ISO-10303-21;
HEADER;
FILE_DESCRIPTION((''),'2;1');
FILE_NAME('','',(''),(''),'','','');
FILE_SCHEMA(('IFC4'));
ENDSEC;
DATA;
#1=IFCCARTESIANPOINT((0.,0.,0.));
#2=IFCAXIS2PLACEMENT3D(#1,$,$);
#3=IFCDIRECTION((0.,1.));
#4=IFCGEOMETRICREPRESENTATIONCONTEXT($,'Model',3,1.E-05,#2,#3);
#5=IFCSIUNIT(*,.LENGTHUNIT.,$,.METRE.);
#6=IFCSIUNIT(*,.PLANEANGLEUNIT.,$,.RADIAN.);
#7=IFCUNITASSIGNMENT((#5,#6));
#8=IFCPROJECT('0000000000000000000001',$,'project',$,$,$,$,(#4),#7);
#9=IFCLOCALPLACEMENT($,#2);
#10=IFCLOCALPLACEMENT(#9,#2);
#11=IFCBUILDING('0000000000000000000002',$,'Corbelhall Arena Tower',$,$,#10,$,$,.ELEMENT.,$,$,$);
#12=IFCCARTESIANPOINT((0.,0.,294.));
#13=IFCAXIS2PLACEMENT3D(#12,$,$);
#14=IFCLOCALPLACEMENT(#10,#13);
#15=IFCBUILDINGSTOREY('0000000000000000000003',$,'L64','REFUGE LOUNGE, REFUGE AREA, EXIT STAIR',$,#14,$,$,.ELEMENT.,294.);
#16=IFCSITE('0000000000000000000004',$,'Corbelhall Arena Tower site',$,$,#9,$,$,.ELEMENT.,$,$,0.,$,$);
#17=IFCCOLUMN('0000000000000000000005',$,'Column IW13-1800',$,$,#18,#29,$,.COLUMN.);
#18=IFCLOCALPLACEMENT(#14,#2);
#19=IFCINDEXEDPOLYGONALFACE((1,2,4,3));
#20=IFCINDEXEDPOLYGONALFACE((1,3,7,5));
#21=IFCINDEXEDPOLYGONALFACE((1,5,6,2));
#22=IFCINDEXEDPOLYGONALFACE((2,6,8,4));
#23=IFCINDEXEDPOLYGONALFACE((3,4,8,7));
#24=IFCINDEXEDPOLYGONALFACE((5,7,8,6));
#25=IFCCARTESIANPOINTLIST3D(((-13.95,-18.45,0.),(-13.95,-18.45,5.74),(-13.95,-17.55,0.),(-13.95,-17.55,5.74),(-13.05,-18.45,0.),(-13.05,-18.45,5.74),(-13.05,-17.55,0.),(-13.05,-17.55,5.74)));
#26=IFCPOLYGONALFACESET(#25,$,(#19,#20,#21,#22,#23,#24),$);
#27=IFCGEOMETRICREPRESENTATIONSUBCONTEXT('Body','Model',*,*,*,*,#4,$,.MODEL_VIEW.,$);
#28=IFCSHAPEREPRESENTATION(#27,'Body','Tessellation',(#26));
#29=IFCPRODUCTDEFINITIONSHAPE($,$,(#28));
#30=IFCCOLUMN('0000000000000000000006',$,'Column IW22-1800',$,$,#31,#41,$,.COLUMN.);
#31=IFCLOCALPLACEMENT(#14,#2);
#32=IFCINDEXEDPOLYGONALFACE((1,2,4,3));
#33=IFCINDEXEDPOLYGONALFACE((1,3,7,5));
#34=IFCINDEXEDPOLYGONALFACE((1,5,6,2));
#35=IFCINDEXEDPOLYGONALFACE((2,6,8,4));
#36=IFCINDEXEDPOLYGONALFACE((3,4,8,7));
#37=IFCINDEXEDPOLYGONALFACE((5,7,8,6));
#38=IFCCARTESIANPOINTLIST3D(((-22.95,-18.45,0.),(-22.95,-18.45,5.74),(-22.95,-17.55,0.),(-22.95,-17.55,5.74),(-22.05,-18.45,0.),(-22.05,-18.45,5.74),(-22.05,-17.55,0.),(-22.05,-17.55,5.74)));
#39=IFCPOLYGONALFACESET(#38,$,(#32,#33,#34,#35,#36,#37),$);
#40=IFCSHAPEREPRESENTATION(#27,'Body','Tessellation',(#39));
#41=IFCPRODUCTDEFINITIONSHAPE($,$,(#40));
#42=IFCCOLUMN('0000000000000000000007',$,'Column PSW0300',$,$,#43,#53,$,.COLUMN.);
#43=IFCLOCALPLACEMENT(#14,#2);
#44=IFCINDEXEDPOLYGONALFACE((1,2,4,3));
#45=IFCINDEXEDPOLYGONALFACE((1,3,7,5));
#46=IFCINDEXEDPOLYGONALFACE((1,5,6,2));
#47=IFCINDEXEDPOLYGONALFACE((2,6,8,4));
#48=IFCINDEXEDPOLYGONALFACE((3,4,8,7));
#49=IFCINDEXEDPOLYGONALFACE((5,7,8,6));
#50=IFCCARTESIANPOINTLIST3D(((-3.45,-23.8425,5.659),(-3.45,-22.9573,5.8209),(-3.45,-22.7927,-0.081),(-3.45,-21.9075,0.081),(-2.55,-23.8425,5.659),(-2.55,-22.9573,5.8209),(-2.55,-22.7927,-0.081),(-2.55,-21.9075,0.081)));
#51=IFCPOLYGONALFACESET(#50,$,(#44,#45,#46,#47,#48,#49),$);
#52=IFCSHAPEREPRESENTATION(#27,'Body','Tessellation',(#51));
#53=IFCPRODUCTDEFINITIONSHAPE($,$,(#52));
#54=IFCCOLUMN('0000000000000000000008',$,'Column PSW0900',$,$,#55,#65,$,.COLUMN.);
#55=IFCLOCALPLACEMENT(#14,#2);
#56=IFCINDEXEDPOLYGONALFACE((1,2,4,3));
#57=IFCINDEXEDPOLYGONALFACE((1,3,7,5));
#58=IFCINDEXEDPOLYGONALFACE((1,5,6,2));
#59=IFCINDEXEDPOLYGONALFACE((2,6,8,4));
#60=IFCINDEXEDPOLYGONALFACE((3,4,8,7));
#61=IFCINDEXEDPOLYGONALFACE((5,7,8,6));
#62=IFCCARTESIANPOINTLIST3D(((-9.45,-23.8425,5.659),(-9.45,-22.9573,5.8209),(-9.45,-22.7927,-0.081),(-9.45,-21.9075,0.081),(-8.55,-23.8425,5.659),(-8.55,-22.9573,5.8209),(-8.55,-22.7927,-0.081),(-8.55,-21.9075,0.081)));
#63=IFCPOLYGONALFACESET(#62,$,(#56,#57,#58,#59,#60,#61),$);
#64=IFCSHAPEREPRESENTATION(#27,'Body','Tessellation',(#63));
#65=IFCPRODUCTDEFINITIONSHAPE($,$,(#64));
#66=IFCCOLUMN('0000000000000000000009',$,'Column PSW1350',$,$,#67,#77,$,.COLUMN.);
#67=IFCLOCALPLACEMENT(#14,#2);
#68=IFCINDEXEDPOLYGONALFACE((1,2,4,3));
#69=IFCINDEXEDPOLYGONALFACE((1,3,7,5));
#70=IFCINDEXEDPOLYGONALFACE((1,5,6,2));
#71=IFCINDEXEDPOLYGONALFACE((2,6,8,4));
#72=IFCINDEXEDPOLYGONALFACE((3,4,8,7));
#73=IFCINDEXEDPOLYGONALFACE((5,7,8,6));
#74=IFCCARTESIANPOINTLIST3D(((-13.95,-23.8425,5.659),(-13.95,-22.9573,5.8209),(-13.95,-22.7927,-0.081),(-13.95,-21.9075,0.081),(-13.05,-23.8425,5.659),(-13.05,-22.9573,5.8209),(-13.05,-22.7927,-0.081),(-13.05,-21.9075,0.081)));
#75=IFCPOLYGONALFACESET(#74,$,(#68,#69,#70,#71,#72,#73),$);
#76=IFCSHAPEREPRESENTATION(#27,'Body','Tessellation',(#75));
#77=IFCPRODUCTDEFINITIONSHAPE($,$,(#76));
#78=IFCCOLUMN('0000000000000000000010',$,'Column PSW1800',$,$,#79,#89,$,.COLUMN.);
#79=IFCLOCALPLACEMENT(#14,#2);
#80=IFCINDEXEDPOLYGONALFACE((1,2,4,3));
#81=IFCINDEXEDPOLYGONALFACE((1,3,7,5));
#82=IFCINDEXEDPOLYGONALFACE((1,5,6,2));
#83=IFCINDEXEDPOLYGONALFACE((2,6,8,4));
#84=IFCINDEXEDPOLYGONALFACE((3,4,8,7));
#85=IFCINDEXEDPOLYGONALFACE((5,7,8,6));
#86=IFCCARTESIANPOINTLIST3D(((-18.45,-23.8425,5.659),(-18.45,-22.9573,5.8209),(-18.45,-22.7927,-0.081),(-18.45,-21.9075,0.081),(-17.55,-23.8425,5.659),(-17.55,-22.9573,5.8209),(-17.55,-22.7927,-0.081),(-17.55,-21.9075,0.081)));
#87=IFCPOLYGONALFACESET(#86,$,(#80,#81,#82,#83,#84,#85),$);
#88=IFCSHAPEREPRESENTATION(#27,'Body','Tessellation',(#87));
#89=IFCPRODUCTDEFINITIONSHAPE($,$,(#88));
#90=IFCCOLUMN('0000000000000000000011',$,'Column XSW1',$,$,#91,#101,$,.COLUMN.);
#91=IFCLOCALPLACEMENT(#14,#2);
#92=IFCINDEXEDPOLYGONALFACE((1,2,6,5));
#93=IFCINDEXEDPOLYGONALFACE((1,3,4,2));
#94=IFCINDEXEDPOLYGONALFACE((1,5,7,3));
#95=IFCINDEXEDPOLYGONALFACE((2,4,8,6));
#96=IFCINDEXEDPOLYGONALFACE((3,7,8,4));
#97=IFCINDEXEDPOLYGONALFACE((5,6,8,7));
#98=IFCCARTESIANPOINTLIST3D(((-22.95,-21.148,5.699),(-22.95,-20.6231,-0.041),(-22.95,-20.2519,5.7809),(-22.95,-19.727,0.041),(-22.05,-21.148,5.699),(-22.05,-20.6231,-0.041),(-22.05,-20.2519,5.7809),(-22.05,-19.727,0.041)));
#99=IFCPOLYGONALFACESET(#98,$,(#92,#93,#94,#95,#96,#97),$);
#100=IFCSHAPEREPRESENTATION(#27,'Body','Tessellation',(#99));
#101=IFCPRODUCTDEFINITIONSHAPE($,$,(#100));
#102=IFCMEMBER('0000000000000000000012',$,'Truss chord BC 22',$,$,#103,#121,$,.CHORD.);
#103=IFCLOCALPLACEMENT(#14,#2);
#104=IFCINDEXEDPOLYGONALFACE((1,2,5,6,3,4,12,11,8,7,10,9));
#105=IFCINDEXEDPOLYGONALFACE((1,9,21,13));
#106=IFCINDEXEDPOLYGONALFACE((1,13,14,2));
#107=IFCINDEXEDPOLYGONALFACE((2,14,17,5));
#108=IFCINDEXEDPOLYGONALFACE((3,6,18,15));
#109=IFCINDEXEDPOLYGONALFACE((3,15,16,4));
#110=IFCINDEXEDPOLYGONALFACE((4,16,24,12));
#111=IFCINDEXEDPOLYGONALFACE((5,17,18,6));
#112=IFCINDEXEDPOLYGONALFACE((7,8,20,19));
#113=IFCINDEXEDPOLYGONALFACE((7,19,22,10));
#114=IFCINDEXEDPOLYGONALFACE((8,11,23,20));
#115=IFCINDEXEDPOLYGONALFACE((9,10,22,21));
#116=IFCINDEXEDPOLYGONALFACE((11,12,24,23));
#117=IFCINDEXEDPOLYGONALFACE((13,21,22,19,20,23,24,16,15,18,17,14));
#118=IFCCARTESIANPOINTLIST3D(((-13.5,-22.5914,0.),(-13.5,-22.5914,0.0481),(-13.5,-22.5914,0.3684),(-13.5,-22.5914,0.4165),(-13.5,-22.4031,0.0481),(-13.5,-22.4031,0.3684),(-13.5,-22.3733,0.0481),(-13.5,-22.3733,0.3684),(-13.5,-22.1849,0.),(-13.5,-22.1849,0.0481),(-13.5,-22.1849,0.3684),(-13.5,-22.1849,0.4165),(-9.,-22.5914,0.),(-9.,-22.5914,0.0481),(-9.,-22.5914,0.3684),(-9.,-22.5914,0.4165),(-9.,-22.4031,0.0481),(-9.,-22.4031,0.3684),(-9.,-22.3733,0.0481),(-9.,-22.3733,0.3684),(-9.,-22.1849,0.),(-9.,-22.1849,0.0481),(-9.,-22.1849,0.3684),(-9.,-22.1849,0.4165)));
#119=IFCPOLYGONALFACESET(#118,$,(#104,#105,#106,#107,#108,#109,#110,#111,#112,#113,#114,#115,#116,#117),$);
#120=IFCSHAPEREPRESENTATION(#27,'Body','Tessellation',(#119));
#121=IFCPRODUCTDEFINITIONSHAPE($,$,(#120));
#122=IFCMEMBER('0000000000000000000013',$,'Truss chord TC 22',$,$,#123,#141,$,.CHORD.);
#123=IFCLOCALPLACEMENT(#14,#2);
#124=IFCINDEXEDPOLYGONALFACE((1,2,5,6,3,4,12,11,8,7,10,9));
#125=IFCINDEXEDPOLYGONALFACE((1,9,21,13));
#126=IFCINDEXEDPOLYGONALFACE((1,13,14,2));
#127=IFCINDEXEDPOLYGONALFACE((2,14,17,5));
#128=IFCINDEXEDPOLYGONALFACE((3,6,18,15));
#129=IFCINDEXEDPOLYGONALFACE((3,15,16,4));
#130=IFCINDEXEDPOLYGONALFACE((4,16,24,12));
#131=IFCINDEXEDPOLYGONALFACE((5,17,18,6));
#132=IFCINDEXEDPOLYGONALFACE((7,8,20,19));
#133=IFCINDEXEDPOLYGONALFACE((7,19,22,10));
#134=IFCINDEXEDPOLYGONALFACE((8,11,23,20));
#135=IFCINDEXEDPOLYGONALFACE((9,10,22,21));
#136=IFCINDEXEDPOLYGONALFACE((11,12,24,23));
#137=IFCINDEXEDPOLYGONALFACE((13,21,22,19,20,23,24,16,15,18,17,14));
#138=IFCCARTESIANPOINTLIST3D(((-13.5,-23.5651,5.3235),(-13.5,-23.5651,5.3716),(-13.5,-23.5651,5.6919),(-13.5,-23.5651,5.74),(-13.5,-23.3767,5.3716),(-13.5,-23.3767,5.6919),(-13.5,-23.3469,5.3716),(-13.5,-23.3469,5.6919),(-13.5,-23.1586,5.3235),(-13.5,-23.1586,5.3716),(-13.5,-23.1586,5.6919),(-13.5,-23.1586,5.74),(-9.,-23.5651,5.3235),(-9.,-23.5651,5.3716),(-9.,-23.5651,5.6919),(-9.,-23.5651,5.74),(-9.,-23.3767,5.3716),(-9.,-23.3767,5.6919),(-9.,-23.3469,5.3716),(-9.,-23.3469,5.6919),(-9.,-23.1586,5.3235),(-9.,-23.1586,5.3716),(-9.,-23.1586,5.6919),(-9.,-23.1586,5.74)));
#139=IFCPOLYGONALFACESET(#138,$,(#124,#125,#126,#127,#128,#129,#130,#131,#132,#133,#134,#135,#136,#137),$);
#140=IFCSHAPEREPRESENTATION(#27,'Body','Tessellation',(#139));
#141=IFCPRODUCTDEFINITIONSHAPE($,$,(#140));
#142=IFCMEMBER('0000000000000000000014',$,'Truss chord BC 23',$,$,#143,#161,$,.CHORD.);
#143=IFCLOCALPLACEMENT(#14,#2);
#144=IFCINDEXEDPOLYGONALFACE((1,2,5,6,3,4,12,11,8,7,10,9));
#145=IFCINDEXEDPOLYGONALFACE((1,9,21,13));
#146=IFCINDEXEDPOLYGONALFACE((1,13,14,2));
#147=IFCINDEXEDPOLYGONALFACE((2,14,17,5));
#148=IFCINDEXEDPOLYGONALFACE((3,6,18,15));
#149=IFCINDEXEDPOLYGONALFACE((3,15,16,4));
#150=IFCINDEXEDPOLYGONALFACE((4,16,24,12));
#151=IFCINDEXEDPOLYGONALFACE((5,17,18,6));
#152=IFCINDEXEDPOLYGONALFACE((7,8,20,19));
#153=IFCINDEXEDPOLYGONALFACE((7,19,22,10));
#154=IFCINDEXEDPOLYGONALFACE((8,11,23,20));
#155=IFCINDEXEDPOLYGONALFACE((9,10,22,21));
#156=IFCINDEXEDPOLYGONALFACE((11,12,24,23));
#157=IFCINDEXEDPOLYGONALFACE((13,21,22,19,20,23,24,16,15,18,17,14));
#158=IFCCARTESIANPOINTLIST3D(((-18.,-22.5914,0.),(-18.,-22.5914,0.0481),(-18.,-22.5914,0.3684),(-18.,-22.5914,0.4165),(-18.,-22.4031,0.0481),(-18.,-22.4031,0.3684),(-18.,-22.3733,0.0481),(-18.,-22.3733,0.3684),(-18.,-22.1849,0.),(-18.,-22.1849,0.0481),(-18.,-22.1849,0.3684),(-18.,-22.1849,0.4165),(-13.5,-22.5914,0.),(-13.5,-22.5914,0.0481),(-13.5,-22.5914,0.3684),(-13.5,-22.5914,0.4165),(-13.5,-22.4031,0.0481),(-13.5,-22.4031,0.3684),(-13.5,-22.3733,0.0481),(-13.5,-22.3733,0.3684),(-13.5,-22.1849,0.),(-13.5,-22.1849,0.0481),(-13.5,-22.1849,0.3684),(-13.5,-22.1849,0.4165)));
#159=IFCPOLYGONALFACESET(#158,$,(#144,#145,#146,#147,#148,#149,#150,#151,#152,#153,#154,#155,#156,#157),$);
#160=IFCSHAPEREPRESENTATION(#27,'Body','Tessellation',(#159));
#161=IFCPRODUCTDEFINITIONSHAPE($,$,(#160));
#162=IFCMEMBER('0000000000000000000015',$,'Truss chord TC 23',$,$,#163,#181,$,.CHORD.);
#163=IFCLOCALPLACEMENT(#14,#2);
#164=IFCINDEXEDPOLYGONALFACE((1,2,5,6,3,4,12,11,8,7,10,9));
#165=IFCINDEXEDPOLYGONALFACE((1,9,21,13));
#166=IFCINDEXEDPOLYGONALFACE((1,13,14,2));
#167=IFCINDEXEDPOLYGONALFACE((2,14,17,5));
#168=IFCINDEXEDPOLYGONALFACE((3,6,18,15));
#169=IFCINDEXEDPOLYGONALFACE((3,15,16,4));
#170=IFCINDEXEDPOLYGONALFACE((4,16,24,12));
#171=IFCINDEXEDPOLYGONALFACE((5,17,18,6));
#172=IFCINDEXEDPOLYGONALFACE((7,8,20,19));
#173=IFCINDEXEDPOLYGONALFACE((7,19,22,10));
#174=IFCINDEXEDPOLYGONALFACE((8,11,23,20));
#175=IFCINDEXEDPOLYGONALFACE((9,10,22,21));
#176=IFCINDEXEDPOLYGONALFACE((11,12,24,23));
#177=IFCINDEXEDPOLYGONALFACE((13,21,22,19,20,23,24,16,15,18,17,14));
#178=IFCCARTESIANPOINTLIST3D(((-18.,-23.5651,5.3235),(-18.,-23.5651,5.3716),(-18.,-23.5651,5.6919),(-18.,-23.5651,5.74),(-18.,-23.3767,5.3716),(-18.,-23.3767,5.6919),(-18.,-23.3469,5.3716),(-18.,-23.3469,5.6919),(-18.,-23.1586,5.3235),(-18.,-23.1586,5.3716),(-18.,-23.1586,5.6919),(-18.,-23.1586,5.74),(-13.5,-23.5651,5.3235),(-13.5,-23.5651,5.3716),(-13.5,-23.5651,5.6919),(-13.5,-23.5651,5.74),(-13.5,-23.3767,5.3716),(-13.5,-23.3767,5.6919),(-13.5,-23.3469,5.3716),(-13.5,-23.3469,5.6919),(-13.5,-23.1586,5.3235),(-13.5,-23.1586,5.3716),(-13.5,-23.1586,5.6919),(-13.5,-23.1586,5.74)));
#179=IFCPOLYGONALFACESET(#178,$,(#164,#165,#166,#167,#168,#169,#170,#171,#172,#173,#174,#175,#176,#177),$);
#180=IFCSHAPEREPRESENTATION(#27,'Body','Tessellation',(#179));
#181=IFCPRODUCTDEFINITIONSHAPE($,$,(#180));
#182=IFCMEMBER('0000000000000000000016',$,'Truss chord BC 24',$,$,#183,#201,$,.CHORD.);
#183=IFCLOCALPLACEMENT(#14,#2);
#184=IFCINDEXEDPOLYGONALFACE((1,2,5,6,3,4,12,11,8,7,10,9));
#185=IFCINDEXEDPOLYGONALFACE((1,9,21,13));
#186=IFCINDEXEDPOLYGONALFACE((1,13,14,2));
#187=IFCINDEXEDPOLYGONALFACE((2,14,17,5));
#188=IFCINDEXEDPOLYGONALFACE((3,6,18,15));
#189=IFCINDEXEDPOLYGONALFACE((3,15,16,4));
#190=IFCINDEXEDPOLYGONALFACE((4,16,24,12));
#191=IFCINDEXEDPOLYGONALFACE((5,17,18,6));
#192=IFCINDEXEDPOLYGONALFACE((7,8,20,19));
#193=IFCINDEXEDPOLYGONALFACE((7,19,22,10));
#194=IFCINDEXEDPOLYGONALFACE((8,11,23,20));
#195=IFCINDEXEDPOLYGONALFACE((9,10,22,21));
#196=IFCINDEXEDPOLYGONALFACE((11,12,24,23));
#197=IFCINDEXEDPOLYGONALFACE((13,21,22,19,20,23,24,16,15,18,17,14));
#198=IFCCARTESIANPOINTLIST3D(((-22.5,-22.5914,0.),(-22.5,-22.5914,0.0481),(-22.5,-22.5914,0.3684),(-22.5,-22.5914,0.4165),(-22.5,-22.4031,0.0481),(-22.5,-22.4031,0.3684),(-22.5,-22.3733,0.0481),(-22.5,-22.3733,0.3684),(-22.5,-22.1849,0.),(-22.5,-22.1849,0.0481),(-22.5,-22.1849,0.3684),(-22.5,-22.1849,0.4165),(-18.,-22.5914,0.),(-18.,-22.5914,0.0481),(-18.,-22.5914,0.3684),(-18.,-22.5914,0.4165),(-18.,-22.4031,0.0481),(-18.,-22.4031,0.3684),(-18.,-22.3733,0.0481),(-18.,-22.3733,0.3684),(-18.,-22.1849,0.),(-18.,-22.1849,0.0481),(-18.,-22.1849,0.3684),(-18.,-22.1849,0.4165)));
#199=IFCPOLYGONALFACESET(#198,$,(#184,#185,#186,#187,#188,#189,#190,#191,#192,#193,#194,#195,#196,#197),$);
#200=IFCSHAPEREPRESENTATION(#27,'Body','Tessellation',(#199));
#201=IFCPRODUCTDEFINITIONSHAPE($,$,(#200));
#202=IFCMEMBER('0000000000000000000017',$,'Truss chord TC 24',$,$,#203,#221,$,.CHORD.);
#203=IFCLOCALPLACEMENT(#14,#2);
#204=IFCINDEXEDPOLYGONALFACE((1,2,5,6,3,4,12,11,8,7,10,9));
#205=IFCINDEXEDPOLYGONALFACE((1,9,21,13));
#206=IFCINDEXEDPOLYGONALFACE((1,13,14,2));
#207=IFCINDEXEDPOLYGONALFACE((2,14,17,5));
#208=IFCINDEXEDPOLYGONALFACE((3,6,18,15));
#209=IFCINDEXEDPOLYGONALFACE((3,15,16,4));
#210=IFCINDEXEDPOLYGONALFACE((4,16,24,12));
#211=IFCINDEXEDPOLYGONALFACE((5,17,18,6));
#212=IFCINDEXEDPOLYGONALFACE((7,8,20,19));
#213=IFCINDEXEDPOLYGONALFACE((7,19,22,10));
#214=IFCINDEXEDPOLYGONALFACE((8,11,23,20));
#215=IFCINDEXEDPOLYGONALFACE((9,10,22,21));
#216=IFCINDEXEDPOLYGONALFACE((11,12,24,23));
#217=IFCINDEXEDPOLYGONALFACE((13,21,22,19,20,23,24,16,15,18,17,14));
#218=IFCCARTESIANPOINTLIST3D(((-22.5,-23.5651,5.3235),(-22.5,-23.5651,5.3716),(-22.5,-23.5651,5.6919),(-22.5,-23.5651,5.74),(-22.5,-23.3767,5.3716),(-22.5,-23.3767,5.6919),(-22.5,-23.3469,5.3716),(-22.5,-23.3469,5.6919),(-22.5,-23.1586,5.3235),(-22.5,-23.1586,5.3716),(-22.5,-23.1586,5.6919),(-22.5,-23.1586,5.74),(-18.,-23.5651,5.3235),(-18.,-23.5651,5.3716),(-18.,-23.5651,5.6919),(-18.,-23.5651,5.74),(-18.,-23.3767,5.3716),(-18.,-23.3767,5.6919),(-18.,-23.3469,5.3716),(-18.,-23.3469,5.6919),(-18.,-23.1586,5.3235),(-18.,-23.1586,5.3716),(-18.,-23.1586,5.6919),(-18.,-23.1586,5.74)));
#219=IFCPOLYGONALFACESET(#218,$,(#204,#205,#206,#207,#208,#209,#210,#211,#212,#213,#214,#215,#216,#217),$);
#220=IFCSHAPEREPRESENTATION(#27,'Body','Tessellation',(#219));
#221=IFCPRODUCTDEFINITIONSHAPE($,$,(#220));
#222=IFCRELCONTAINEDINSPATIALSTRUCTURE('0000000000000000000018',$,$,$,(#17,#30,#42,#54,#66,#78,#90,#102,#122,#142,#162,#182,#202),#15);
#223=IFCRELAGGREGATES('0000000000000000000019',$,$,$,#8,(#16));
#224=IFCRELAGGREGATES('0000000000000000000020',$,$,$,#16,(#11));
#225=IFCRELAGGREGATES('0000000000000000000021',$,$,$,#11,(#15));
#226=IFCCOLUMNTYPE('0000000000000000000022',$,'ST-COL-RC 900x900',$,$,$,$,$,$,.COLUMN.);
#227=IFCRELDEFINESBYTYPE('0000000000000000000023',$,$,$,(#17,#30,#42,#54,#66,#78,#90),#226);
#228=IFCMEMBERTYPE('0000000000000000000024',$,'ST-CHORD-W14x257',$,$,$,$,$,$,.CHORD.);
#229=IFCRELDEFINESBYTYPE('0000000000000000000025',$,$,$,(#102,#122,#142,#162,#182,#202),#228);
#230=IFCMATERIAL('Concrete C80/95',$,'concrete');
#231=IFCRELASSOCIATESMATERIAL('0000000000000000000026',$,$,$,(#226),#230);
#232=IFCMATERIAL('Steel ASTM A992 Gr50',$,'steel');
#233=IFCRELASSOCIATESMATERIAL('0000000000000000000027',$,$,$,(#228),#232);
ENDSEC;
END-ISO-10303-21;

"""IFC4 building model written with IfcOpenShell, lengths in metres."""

from ifc_helpers import new_model, si_unit, direction, frame, origin, origin_2d, place, context, subcontext, project, spatial, rectangle, i_section, extrude, material, material_profile, profile_set, type_object, element, save


model = new_model("IFC4")

# Units and contexts
model_context = context("Model", 3, precision=1e-05, world=origin(), true_north=direction((0.0, 1.0)))
body_context = subcontext(model_context, "Body", "Model", "MODEL_VIEW")
ifc_project = project(units=[si_unit("LENGTHUNIT", "METRE"), si_unit("PLANEANGLEUNIT", "RADIAN")], contexts=[model_context])

# Site, building, storey
site_placement = place(None, origin())
site = spatial("IfcSite", under=ifc_project, at=site_placement, Name="Corbelhall Arena Tower site", CompositionType="ELEMENT", RefElevation=0.0)
building_placement = place(site_placement, origin())
building = spatial("IfcBuilding", under=site, at=building_placement, Name="Corbelhall Arena Tower", CompositionType="ELEMENT")
storey_placement = place(building_placement, frame((0.0, 0.0, 294.0)))
storey = spatial("IfcBuildingStorey", under=building, at=storey_placement, Name="L64", Description="REFUGE LOUNGE, REFUGE AREA, EXIT STAIR", CompositionType="ELEMENT", Elevation=294.0)

# Columns
ifc_material_1 = material(Name="Concrete C80/95", Category="concrete")
ifc_material_profile_1 = material_profile(ifc_material_1, rectangle(XDim=0.8999, YDim=0.8999, at=origin_2d()))
ifc_profile_set_1 = profile_set([ifc_material_profile_1], Name="Concrete C80/95")
column_type = type_object("IfcColumnType", Name="ST-COL-RC 900x900", PredefinedType="COLUMN", material=ifc_profile_set_1)
for number, where, z_axis, x_axis, name in (
    (1, (-13.5, -18.0, 0.0), (0.0, 0.0, 1.0), (1.0, 0.0, 0.0), "Column IW13-1800"),
    (2, (-22.5, -18.0, 0.0), (0.0, 0.0, 1.0), (1.0, 0.0, 0.0), "Column IW22-1800"),
):
    element("IfcColumn", number, at=place(storey_placement, frame(where, z_axis=z_axis, x_axis=x_axis)), inside=storey, type_object=column_type, Name=name, PredefinedType="COLUMN", context=body_context, shape_type="SweptSolid", body=[
        extrude(rectangle(XDim=0.8999, YDim=0.8999, at=origin_2d()), origin(), (0.0, 0.0, 1.0), 5.74),
    ])
for number, where, z_axis, x_axis, name in (
    (3, (-3.0, -22.3501, 0.0), (0.0, -0.179909, 0.983683), (1.0, 0.0, 0.0), "Column PSW0300"),
    (4, (-9.0, -22.3501, 0.0), (0.0, -0.179909, 0.983683), (1.0, 0.0, 0.0), "Column PSW0900"),
    (5, (-13.5, -22.3501, 0.0), (0.0, -0.179909, 0.983683), (1.0, 0.0, 0.0), "Column PSW1350"),
    (6, (-18.0, -22.3501, 0.0), (0.0, -0.179909, 0.983683), (1.0, 0.0, 0.0), "Column PSW1800"),
):
    element("IfcColumn", number, at=place(storey_placement, frame(where, z_axis=z_axis, x_axis=x_axis)), inside=storey, type_object=column_type, Name=name, PredefinedType="COLUMN", context=body_context, shape_type="SweptSolid", body=[
        extrude(rectangle(XDim=0.8999, YDim=0.8999, at=origin_2d()), origin(), (0.0, 0.0, 1.0), 5.8352),
    ])
column_placement = place(storey_placement, frame((-22.5, -20.175, 0.0), z_axis=(0.0, -0.091067, 0.995845), x_axis=(1.0, 0.0, 0.0)))
element("IfcColumn", 7, at=column_placement, inside=storey, type_object=column_type, Name="Column XSW1", PredefinedType="COLUMN", context=body_context, shape_type="SweptSolid", body=[
    extrude(rectangle(XDim=0.8999, YDim=0.8999, at=origin_2d()), origin(), (0.0, 0.0, 1.0), 5.7639),
])

# Members
ifc_material_2 = material(Name="Steel ASTM A992 Gr50", Category="steel")
ifc_material_profile_2 = material_profile(ifc_material_2, i_section(OverallWidth=0.4065, OverallDepth=0.4165, WebThickness=0.0298, FlangeThickness=0.0481, at=origin_2d()))
ifc_profile_set_2 = profile_set([ifc_material_profile_2], Name="Steel ASTM A992 Gr50")
member_type_1 = type_object("IfcMemberType", Name="ST-CHORD-W14x257", PredefinedType="CHORD", material=ifc_profile_set_2)
for number, where, z_axis, x_axis, name in (
    (8, (-9.0, -22.3882, 0.2083), (-1.0, 0.0, 0.0), (0.0, -1.0, 0.0), "Truss chord BC 22"),
    (9, (-9.0, -23.3618, 5.5317), (-1.0, 0.0, 0.0), (0.0, -1.0, 0.0), "Truss chord TC 22"),
    (10, (-13.5, -22.3882, 0.2083), (-1.0, 0.0, 0.0), (0.0, -1.0, 0.0), "Truss chord BC 23"),
    (11, (-13.5, -23.3618, 5.5317), (-1.0, 0.0, 0.0), (0.0, -1.0, 0.0), "Truss chord TC 23"),
    (12, (-18.0, -22.3882, 0.2083), (-1.0, 0.0, 0.0), (0.0, -1.0, 0.0), "Truss chord BC 24"),
    (13, (-18.0, -23.3618, 5.5317), (-1.0, 0.0, 0.0), (0.0, -1.0, 0.0), "Truss chord TC 24"),
):
    element("IfcMember", number, at=place(storey_placement, frame(where, z_axis=z_axis, x_axis=x_axis)), inside=storey, type_object=member_type_1, Name=name, PredefinedType="CHORD", context=body_context, shape_type="SweptSolid", body=[
        extrude(i_section(OverallWidth=0.4065, OverallDepth=0.4165, WebThickness=0.0298, FlangeThickness=0.0481, at=origin_2d()), origin(), (0.0, 0.0, 1.0), 4.5),
    ])

save(model, "model.ifc")
